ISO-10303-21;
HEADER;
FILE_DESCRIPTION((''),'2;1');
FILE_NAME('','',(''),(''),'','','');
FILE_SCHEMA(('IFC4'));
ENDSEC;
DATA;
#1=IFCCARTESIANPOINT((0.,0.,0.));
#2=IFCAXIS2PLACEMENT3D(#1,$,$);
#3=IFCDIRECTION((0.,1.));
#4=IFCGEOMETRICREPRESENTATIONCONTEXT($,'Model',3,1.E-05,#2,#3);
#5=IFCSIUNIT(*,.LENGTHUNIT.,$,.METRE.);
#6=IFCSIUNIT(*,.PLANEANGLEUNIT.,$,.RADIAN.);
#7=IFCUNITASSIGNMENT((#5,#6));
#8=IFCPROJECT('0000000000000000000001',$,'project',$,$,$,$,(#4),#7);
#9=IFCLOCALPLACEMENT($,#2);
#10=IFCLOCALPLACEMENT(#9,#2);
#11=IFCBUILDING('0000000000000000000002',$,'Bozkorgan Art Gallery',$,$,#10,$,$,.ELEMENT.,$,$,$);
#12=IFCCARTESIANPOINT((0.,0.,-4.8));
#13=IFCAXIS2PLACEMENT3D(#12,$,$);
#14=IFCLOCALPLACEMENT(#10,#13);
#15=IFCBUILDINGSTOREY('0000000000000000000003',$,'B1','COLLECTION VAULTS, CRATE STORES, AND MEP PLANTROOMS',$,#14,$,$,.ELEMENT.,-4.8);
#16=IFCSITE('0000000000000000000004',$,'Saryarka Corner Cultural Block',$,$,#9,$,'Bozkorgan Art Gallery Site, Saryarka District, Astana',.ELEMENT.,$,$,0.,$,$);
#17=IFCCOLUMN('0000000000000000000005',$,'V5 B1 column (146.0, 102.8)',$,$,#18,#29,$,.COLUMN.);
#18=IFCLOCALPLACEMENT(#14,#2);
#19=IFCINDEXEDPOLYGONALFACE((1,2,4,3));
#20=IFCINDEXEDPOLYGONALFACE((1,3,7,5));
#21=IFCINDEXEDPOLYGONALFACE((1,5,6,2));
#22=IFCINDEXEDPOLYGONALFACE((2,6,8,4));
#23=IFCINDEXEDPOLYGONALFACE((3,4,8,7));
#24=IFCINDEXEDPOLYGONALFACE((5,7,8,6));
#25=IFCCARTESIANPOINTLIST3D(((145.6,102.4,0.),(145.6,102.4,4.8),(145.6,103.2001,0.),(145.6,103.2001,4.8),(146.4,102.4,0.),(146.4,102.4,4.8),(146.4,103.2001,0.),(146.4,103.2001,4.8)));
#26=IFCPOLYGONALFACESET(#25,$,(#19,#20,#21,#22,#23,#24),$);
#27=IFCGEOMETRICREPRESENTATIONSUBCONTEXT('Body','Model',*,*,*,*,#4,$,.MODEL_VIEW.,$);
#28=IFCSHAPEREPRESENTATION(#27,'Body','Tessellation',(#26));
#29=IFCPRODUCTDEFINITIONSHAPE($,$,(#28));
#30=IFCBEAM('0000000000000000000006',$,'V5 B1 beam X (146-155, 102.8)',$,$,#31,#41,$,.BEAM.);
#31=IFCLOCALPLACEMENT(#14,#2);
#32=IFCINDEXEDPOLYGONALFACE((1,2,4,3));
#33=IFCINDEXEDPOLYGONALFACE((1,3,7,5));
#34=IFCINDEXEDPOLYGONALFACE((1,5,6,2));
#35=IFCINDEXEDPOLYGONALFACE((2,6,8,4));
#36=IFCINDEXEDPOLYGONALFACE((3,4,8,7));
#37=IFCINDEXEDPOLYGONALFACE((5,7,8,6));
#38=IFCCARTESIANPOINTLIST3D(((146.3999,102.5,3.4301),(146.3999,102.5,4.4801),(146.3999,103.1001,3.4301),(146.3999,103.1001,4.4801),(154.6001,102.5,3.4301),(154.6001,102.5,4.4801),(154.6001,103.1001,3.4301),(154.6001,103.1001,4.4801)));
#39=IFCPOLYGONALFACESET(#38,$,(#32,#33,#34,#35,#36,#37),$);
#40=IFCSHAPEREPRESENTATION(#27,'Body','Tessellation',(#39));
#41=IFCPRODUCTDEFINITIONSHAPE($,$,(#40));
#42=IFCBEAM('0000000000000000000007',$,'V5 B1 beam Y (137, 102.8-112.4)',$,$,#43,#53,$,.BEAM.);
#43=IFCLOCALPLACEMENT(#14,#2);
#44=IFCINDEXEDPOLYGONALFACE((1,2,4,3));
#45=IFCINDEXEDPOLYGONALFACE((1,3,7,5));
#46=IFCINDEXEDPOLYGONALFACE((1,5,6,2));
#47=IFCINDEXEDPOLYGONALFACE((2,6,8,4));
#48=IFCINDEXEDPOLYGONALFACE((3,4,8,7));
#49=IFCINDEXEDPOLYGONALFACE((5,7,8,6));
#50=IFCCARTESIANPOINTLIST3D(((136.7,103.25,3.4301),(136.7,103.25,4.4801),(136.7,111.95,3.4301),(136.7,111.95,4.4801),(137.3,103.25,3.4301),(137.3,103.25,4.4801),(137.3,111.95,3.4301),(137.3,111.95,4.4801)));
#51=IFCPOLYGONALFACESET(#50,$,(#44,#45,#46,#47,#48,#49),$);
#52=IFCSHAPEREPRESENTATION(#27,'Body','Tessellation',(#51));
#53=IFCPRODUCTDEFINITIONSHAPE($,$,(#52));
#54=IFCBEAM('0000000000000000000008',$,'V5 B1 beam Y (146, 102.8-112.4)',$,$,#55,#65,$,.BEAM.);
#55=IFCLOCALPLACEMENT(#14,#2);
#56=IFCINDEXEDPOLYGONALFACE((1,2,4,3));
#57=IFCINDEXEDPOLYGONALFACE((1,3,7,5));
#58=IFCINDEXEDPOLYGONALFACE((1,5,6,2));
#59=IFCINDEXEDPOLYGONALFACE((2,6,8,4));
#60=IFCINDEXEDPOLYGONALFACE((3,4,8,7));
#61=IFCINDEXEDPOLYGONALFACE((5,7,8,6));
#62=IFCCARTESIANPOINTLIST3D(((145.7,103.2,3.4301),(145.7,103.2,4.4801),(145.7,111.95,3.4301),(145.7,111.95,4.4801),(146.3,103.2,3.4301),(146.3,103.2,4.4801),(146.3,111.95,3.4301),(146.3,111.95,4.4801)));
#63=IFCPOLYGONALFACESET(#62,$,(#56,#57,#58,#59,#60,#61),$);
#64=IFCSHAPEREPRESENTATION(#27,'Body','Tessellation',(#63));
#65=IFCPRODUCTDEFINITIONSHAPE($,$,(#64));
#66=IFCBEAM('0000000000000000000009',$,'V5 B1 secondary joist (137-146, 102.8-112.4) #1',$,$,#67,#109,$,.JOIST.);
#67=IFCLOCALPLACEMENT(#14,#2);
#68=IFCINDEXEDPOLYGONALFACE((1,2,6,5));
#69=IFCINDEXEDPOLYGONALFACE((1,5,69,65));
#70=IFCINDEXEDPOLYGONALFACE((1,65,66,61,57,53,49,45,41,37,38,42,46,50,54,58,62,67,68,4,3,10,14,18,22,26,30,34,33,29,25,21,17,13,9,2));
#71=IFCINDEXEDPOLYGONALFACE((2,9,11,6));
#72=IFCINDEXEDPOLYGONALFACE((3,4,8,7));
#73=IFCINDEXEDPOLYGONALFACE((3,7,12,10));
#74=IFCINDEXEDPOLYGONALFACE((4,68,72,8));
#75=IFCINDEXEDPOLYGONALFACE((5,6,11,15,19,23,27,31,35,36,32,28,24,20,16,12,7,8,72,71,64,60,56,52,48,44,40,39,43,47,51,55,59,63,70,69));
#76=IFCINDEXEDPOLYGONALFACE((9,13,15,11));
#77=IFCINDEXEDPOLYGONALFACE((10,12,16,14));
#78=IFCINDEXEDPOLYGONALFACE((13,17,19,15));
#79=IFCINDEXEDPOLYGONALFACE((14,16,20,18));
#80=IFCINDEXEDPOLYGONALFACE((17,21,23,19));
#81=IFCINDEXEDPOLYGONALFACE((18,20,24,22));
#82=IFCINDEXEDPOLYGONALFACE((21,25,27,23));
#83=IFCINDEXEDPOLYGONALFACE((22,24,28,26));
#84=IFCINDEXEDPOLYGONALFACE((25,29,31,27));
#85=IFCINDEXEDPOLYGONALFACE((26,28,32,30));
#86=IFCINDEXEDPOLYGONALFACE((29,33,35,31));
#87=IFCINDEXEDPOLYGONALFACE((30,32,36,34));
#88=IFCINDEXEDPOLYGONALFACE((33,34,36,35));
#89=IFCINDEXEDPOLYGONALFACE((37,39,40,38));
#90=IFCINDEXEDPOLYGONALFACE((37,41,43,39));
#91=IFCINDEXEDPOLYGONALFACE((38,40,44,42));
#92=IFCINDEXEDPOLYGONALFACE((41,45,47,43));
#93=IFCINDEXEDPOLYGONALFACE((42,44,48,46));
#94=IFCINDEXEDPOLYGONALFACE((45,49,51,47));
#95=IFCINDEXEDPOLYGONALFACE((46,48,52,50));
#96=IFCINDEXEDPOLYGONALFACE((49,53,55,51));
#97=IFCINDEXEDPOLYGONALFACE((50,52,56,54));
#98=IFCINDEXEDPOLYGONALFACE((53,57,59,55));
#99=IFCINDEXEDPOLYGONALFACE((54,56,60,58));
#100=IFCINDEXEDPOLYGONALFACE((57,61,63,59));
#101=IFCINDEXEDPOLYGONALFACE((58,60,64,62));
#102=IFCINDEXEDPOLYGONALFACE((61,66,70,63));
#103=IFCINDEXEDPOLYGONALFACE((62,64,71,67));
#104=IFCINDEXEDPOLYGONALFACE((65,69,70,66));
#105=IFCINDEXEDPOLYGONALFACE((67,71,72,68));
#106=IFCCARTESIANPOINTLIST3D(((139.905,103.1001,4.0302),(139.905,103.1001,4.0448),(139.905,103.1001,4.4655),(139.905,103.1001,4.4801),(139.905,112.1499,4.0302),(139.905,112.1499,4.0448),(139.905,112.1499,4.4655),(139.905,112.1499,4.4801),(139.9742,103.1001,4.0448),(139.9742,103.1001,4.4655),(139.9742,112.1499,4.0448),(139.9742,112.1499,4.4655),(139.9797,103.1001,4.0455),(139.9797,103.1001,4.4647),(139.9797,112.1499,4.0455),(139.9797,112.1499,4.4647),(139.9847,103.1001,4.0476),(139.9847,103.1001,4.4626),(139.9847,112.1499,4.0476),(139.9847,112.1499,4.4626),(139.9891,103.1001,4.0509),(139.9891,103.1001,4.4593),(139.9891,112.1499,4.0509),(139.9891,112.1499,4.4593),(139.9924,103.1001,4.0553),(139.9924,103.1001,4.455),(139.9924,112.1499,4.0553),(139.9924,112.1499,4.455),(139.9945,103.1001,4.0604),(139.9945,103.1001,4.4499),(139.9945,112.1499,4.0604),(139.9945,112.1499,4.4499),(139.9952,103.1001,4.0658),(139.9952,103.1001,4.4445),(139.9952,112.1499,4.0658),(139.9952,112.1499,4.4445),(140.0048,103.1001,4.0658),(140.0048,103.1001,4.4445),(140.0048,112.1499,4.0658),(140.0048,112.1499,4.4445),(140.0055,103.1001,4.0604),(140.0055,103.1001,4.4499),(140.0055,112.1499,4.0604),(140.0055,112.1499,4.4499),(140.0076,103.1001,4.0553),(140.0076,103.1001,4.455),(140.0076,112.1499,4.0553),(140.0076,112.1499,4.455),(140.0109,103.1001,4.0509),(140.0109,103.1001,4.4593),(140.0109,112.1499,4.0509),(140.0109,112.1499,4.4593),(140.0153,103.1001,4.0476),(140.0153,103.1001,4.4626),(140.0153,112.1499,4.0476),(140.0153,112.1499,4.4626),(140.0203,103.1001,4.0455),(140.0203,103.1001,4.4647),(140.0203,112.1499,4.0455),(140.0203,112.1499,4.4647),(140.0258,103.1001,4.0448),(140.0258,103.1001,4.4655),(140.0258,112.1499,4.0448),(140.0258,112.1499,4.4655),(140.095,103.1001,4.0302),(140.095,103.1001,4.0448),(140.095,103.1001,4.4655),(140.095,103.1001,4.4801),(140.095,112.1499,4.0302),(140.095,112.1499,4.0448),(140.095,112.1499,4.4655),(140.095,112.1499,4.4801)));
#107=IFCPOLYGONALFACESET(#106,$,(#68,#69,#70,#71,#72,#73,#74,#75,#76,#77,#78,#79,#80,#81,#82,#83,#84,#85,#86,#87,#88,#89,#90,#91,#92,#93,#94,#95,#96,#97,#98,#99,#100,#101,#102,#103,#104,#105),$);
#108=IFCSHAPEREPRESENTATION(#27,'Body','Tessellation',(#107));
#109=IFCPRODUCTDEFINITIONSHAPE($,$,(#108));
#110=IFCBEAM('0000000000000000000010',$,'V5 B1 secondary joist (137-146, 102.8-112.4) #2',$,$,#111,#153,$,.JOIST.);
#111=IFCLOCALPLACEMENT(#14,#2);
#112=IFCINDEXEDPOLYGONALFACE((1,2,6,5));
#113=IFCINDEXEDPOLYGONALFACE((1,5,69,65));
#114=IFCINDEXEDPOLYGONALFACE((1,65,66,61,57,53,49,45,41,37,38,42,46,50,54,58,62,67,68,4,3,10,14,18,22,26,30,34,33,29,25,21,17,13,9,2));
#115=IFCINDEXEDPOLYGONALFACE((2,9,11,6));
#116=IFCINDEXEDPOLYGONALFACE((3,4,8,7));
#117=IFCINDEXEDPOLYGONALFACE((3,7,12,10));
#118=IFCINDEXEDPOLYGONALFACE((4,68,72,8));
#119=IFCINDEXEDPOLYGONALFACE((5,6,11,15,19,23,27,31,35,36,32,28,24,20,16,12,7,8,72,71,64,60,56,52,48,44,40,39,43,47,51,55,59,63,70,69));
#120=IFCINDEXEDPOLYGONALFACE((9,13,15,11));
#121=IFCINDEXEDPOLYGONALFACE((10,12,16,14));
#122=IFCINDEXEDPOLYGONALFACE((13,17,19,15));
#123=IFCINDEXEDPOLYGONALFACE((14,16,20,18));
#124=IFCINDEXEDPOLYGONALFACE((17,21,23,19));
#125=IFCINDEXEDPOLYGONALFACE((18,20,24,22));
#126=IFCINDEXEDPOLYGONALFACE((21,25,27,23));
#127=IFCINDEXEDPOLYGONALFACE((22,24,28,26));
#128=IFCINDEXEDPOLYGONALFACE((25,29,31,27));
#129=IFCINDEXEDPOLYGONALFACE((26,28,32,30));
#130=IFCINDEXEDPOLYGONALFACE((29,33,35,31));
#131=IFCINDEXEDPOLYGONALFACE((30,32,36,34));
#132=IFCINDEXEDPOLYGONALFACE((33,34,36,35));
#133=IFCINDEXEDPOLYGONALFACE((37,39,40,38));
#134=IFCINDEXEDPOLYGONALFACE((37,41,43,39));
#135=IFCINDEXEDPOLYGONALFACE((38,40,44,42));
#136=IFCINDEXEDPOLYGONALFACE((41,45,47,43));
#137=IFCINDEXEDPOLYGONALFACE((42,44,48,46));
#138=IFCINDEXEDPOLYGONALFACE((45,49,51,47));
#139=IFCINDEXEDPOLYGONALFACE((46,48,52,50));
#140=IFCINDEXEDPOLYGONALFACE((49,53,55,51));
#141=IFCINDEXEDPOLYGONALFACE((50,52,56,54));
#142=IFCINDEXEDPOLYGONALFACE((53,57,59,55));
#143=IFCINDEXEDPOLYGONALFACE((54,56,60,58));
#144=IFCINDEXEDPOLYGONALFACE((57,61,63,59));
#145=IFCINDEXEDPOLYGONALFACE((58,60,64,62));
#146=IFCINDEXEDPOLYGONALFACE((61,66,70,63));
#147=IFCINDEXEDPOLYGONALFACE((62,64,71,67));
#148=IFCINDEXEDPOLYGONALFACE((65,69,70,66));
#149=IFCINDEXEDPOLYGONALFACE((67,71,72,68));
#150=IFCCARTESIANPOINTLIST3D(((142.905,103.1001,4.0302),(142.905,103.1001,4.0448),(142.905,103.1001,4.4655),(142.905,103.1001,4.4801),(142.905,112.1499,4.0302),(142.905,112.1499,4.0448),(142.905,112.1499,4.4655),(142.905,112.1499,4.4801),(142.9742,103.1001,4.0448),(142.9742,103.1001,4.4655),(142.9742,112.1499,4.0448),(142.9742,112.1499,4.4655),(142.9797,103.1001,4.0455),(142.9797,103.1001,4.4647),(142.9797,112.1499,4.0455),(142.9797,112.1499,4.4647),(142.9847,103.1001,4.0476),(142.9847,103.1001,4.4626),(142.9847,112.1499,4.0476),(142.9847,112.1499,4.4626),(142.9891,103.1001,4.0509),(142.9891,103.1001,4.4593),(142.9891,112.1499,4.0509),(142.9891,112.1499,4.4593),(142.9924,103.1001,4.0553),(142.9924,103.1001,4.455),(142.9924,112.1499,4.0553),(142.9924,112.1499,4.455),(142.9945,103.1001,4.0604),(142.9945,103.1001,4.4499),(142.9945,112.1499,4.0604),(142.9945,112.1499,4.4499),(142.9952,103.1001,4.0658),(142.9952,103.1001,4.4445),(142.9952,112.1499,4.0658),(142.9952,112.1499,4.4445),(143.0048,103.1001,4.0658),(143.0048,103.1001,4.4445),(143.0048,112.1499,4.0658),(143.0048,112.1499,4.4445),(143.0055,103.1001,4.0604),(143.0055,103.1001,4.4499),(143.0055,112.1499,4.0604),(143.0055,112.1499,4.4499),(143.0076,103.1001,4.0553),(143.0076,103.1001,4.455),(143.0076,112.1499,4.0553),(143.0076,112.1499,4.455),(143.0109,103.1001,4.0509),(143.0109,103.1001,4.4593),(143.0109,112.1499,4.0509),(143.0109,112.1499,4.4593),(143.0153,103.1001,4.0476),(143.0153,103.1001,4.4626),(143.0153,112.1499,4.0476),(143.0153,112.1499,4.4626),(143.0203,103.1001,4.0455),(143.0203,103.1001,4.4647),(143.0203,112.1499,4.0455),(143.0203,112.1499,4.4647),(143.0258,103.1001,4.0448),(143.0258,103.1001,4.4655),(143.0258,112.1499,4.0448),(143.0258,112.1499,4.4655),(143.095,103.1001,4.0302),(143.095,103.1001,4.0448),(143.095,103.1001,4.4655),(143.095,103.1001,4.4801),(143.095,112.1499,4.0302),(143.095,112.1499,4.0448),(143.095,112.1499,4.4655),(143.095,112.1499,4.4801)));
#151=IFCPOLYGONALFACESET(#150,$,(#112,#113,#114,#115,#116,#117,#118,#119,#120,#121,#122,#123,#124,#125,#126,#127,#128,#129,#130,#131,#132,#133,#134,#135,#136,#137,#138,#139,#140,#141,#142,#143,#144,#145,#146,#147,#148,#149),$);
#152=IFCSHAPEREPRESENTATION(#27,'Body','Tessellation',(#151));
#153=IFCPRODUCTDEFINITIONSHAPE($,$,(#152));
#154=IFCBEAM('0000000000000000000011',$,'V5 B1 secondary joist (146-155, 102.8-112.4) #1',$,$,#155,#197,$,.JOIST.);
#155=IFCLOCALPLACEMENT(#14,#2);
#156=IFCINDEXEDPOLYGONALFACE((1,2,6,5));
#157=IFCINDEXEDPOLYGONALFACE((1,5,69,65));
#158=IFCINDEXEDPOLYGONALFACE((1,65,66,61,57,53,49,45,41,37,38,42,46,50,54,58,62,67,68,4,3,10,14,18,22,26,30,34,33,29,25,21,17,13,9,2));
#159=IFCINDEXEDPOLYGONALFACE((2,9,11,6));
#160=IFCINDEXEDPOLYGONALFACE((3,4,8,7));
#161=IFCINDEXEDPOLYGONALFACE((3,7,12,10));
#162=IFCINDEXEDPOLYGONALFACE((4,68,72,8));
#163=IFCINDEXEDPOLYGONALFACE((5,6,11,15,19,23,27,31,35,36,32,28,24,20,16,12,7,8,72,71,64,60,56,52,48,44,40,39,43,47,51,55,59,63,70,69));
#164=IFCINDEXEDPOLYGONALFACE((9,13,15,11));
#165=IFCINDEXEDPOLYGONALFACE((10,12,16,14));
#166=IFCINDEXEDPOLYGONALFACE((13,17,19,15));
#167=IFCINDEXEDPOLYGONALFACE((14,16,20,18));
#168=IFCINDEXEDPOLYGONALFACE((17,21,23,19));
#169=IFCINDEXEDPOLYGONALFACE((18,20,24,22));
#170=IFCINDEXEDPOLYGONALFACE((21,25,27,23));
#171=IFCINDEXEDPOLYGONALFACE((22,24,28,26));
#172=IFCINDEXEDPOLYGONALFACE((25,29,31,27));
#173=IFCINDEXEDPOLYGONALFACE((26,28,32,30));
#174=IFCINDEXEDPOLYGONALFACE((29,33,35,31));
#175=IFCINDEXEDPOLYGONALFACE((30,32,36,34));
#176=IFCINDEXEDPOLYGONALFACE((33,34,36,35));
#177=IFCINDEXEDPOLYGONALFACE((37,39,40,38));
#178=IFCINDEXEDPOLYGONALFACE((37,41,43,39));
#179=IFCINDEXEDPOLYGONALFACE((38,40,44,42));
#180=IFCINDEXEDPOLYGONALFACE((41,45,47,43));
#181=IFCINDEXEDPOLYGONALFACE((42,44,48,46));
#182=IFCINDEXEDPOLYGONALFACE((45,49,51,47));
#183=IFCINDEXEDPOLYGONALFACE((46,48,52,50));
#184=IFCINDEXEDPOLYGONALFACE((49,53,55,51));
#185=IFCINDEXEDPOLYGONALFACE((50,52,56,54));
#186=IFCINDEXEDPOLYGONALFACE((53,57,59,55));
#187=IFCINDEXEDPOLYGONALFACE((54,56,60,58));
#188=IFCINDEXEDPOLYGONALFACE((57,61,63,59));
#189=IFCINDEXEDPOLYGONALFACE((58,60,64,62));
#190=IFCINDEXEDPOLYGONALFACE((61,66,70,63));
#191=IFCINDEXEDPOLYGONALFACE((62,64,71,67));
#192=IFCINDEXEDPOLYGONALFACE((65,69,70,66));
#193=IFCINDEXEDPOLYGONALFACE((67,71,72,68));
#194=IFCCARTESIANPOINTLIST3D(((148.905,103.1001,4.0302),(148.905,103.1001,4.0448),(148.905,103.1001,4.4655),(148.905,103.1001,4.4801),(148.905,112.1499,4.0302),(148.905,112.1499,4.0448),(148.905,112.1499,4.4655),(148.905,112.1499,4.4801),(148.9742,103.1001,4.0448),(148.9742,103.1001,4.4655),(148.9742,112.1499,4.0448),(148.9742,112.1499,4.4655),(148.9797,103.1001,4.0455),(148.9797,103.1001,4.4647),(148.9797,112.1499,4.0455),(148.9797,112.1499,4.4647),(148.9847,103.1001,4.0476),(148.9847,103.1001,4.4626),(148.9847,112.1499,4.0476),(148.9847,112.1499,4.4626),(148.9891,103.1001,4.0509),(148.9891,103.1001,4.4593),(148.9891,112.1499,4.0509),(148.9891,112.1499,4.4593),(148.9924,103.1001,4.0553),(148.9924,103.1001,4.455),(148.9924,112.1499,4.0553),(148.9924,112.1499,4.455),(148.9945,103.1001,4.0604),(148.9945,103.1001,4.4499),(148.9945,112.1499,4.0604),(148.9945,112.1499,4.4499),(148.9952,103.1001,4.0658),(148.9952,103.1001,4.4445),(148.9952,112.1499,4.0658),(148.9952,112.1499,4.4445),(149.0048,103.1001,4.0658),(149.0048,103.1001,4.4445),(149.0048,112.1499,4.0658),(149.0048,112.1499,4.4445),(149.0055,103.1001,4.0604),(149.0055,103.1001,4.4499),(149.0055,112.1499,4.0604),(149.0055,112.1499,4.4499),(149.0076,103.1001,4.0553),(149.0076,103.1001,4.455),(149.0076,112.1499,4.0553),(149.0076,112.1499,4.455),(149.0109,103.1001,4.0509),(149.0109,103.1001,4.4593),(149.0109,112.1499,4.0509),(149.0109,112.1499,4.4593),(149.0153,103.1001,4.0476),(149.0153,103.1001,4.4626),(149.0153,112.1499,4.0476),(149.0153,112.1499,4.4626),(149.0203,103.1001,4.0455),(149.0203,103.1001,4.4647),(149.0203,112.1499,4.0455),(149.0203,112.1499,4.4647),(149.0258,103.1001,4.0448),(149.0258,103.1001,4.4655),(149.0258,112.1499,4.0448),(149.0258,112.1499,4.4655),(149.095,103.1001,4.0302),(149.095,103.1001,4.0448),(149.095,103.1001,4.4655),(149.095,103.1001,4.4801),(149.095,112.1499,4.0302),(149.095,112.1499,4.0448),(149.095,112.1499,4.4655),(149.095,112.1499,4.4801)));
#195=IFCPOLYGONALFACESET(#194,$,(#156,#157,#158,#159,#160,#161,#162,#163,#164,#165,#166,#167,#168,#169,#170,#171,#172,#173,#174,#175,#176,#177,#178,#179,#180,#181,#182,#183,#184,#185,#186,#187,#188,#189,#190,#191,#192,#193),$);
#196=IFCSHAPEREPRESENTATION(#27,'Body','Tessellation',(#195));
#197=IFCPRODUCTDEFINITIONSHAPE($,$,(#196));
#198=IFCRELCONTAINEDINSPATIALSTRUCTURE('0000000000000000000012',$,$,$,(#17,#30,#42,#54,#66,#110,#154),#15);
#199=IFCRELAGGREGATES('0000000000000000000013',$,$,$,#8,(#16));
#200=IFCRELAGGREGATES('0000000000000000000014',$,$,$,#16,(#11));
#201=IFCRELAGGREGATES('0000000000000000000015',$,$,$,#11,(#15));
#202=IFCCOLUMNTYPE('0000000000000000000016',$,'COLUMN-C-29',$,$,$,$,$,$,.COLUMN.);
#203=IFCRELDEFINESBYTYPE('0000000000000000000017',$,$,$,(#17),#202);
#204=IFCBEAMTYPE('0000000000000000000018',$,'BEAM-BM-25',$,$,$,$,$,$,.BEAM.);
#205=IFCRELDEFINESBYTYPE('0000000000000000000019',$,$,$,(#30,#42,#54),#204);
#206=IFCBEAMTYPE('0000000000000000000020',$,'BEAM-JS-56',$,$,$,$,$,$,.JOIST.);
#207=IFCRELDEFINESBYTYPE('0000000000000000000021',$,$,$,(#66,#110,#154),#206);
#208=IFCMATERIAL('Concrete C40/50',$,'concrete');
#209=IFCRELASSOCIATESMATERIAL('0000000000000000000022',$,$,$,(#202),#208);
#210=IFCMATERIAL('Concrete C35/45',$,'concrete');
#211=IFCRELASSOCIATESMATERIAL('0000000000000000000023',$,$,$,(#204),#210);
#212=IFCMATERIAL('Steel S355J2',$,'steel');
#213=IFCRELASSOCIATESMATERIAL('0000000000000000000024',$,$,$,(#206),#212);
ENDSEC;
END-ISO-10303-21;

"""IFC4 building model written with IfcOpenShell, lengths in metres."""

from ifc_helpers import new_model, si_unit, direction, frame, origin, origin_2d, place, context, subcontext, project, spatial, rectangle, i_section, extrude, material, material_profile, profile_set, type_object, element, save


model = new_model("IFC4")

# Units and contexts
model_context = context("Model", 3, precision=1e-05, world=origin(), true_north=direction((0.0, 1.0)))
body_context = subcontext(model_context, "Body", "Model", "MODEL_VIEW")
ifc_project = project(units=[si_unit("LENGTHUNIT", "METRE"), si_unit("PLANEANGLEUNIT", "RADIAN")], contexts=[model_context])

# Site, building, storey
site_placement = place(None, origin())
site = spatial("IfcSite", under=ifc_project, at=site_placement, Name="Saryarka Corner Cultural Block", LongName="Bozkorgan Art Gallery Site, Saryarka District, Astana", CompositionType="ELEMENT", RefElevation=0.0)
building_placement = place(site_placement, origin())
building = spatial("IfcBuilding", under=site, at=building_placement, Name="Bozkorgan Art Gallery", CompositionType="ELEMENT")
storey_placement = place(building_placement, frame((0.0, 0.0, -4.8)))
storey = spatial("IfcBuildingStorey", under=building, at=storey_placement, Name="B1", Description="COLLECTION VAULTS, CRATE STORES, AND MEP PLANTROOMS", CompositionType="ELEMENT", Elevation=-4.8)

# Column
ifc_material_1 = material(Name="Concrete C40/50", Category="concrete")
ifc_material_profile_1 = material_profile(ifc_material_1, rectangle(XDim=0.8, YDim=0.8, at=origin_2d()), Name="RC 800x800")
ifc_profile_set_1 = profile_set([ifc_material_profile_1], Name="Concrete C40/50")
column_type_1 = type_object("IfcColumnType", Name="COLUMN-C-29", PredefinedType="COLUMN", material=ifc_profile_set_1)
column_placement = place(storey_placement, frame((146.0, 102.8, 0.0), z_axis=(0.0, 0.0, 1.0), x_axis=(1.0, 0.0, 0.0)))
element("IfcColumn", 1, at=column_placement, inside=storey, type_object=column_type_1, Name="V5 B1 column (146.0, 102.8)", PredefinedType="COLUMN", context=body_context, shape_type="SweptSolid", body=[
    extrude(rectangle(XDim=0.8, YDim=0.8, at=origin_2d()), origin(), (0.0, 0.0, 1.0), 4.8),
])

# Beams
ifc_material_2 = material(Name="Concrete C35/45", Category="concrete")
ifc_material_profile_2 = material_profile(ifc_material_2, rectangle(XDim=0.6001, YDim=1.05, at=origin_2d()), Name="RC 600x1050")
ifc_profile_set_2 = profile_set([ifc_material_profile_2], Name="Concrete C35/45")
beam_type_1 = type_object("IfcBeamType", Name="BEAM-BM-25", PredefinedType="BEAM", material=ifc_profile_set_2)
beam_1_placement = place(storey_placement, frame((146.3999, 102.8, 3.9551), z_axis=(1.0, 0.0, 0.0), x_axis=(0.0, 1.0, 0.0)))
element("IfcBeam", 2, at=beam_1_placement, inside=storey, type_object=beam_type_1, Name="V5 B1 beam X (146-155, 102.8)", PredefinedType="BEAM", context=body_context, shape_type="SweptSolid", body=[
    extrude(rectangle(XDim=0.6001, YDim=1.05, at=origin_2d()), origin(), (0.0, 0.0, 1.0), 8.2002),
])
beam_2_placement = place(storey_placement, frame((137.0, 103.25, 3.9551), z_axis=(0.0, 1.0, 0.0), x_axis=(-1.0, 0.0, 0.0)))
element("IfcBeam", 3, at=beam_2_placement, inside=storey, type_object=beam_type_1, Name="V5 B1 beam Y (137, 102.8-112.4)", PredefinedType="BEAM", context=body_context, shape_type="SweptSolid", body=[
    extrude(rectangle(XDim=0.6001, YDim=1.05, at=origin_2d()), origin(), (0.0, 0.0, 1.0), 8.7),
])
beam_3_placement = place(storey_placement, frame((146.0, 103.2, 3.9551), z_axis=(0.0, 1.0, 0.0), x_axis=(-1.0, 0.0, 0.0)))
element("IfcBeam", 4, at=beam_3_placement, inside=storey, type_object=beam_type_1, Name="V5 B1 beam Y (146, 102.8-112.4)", PredefinedType="BEAM", context=body_context, shape_type="SweptSolid", body=[
    extrude(rectangle(XDim=0.6001, YDim=1.05, at=origin_2d()), origin(), (0.0, 0.0, 1.0), 8.75),
])
ifc_material_3 = material(Name="Steel S355J2", Category="steel")
ifc_material_profile_3 = material_profile(ifc_material_3, i_section(OverallWidth=0.1899, OverallDepth=0.45, WebThickness=0.0095, FlangeThickness=0.0146, FilletRadius=0.021, at=origin_2d()), Name="IPE 450")
ifc_profile_set_3 = profile_set([ifc_material_profile_3], Name="Steel S355J2")
beam_type_2 = type_object("IfcBeamType", Name="BEAM-JS-56", PredefinedType="JOIST", material=ifc_profile_set_3)
for number, where, z_axis, x_axis, name in (
    (5, (140.0, 103.1001, 4.2551), (0.0, 1.0, 0.0), (-1.0, 0.0, 0.0), "V5 B1 secondary joist (137-146, 102.8-112.4) #1"),
    (6, (143.0, 103.1001, 4.2551), (0.0, 1.0, 0.0), (-1.0, 0.0, 0.0), "V5 B1 secondary joist (137-146, 102.8-112.4) #2"),
    (7, (149.0, 103.1001, 4.2551), (0.0, 1.0, 0.0), (-1.0, 0.0, 0.0), "V5 B1 secondary joist (146-155, 102.8-112.4) #1"),
):
    element("IfcBeam", number, at=place(storey_placement, frame(where, z_axis=z_axis, x_axis=x_axis)), inside=storey, type_object=beam_type_2, Name=name, PredefinedType="JOIST", context=body_context, shape_type="SweptSolid", body=[
        extrude(i_section(OverallWidth=0.1899, OverallDepth=0.45, WebThickness=0.0095, FlangeThickness=0.0146, FilletRadius=0.021, at=origin_2d()), origin(), (0.0, 0.0, 1.0), 9.0498),
    ])

save(model, "model.ifc")
